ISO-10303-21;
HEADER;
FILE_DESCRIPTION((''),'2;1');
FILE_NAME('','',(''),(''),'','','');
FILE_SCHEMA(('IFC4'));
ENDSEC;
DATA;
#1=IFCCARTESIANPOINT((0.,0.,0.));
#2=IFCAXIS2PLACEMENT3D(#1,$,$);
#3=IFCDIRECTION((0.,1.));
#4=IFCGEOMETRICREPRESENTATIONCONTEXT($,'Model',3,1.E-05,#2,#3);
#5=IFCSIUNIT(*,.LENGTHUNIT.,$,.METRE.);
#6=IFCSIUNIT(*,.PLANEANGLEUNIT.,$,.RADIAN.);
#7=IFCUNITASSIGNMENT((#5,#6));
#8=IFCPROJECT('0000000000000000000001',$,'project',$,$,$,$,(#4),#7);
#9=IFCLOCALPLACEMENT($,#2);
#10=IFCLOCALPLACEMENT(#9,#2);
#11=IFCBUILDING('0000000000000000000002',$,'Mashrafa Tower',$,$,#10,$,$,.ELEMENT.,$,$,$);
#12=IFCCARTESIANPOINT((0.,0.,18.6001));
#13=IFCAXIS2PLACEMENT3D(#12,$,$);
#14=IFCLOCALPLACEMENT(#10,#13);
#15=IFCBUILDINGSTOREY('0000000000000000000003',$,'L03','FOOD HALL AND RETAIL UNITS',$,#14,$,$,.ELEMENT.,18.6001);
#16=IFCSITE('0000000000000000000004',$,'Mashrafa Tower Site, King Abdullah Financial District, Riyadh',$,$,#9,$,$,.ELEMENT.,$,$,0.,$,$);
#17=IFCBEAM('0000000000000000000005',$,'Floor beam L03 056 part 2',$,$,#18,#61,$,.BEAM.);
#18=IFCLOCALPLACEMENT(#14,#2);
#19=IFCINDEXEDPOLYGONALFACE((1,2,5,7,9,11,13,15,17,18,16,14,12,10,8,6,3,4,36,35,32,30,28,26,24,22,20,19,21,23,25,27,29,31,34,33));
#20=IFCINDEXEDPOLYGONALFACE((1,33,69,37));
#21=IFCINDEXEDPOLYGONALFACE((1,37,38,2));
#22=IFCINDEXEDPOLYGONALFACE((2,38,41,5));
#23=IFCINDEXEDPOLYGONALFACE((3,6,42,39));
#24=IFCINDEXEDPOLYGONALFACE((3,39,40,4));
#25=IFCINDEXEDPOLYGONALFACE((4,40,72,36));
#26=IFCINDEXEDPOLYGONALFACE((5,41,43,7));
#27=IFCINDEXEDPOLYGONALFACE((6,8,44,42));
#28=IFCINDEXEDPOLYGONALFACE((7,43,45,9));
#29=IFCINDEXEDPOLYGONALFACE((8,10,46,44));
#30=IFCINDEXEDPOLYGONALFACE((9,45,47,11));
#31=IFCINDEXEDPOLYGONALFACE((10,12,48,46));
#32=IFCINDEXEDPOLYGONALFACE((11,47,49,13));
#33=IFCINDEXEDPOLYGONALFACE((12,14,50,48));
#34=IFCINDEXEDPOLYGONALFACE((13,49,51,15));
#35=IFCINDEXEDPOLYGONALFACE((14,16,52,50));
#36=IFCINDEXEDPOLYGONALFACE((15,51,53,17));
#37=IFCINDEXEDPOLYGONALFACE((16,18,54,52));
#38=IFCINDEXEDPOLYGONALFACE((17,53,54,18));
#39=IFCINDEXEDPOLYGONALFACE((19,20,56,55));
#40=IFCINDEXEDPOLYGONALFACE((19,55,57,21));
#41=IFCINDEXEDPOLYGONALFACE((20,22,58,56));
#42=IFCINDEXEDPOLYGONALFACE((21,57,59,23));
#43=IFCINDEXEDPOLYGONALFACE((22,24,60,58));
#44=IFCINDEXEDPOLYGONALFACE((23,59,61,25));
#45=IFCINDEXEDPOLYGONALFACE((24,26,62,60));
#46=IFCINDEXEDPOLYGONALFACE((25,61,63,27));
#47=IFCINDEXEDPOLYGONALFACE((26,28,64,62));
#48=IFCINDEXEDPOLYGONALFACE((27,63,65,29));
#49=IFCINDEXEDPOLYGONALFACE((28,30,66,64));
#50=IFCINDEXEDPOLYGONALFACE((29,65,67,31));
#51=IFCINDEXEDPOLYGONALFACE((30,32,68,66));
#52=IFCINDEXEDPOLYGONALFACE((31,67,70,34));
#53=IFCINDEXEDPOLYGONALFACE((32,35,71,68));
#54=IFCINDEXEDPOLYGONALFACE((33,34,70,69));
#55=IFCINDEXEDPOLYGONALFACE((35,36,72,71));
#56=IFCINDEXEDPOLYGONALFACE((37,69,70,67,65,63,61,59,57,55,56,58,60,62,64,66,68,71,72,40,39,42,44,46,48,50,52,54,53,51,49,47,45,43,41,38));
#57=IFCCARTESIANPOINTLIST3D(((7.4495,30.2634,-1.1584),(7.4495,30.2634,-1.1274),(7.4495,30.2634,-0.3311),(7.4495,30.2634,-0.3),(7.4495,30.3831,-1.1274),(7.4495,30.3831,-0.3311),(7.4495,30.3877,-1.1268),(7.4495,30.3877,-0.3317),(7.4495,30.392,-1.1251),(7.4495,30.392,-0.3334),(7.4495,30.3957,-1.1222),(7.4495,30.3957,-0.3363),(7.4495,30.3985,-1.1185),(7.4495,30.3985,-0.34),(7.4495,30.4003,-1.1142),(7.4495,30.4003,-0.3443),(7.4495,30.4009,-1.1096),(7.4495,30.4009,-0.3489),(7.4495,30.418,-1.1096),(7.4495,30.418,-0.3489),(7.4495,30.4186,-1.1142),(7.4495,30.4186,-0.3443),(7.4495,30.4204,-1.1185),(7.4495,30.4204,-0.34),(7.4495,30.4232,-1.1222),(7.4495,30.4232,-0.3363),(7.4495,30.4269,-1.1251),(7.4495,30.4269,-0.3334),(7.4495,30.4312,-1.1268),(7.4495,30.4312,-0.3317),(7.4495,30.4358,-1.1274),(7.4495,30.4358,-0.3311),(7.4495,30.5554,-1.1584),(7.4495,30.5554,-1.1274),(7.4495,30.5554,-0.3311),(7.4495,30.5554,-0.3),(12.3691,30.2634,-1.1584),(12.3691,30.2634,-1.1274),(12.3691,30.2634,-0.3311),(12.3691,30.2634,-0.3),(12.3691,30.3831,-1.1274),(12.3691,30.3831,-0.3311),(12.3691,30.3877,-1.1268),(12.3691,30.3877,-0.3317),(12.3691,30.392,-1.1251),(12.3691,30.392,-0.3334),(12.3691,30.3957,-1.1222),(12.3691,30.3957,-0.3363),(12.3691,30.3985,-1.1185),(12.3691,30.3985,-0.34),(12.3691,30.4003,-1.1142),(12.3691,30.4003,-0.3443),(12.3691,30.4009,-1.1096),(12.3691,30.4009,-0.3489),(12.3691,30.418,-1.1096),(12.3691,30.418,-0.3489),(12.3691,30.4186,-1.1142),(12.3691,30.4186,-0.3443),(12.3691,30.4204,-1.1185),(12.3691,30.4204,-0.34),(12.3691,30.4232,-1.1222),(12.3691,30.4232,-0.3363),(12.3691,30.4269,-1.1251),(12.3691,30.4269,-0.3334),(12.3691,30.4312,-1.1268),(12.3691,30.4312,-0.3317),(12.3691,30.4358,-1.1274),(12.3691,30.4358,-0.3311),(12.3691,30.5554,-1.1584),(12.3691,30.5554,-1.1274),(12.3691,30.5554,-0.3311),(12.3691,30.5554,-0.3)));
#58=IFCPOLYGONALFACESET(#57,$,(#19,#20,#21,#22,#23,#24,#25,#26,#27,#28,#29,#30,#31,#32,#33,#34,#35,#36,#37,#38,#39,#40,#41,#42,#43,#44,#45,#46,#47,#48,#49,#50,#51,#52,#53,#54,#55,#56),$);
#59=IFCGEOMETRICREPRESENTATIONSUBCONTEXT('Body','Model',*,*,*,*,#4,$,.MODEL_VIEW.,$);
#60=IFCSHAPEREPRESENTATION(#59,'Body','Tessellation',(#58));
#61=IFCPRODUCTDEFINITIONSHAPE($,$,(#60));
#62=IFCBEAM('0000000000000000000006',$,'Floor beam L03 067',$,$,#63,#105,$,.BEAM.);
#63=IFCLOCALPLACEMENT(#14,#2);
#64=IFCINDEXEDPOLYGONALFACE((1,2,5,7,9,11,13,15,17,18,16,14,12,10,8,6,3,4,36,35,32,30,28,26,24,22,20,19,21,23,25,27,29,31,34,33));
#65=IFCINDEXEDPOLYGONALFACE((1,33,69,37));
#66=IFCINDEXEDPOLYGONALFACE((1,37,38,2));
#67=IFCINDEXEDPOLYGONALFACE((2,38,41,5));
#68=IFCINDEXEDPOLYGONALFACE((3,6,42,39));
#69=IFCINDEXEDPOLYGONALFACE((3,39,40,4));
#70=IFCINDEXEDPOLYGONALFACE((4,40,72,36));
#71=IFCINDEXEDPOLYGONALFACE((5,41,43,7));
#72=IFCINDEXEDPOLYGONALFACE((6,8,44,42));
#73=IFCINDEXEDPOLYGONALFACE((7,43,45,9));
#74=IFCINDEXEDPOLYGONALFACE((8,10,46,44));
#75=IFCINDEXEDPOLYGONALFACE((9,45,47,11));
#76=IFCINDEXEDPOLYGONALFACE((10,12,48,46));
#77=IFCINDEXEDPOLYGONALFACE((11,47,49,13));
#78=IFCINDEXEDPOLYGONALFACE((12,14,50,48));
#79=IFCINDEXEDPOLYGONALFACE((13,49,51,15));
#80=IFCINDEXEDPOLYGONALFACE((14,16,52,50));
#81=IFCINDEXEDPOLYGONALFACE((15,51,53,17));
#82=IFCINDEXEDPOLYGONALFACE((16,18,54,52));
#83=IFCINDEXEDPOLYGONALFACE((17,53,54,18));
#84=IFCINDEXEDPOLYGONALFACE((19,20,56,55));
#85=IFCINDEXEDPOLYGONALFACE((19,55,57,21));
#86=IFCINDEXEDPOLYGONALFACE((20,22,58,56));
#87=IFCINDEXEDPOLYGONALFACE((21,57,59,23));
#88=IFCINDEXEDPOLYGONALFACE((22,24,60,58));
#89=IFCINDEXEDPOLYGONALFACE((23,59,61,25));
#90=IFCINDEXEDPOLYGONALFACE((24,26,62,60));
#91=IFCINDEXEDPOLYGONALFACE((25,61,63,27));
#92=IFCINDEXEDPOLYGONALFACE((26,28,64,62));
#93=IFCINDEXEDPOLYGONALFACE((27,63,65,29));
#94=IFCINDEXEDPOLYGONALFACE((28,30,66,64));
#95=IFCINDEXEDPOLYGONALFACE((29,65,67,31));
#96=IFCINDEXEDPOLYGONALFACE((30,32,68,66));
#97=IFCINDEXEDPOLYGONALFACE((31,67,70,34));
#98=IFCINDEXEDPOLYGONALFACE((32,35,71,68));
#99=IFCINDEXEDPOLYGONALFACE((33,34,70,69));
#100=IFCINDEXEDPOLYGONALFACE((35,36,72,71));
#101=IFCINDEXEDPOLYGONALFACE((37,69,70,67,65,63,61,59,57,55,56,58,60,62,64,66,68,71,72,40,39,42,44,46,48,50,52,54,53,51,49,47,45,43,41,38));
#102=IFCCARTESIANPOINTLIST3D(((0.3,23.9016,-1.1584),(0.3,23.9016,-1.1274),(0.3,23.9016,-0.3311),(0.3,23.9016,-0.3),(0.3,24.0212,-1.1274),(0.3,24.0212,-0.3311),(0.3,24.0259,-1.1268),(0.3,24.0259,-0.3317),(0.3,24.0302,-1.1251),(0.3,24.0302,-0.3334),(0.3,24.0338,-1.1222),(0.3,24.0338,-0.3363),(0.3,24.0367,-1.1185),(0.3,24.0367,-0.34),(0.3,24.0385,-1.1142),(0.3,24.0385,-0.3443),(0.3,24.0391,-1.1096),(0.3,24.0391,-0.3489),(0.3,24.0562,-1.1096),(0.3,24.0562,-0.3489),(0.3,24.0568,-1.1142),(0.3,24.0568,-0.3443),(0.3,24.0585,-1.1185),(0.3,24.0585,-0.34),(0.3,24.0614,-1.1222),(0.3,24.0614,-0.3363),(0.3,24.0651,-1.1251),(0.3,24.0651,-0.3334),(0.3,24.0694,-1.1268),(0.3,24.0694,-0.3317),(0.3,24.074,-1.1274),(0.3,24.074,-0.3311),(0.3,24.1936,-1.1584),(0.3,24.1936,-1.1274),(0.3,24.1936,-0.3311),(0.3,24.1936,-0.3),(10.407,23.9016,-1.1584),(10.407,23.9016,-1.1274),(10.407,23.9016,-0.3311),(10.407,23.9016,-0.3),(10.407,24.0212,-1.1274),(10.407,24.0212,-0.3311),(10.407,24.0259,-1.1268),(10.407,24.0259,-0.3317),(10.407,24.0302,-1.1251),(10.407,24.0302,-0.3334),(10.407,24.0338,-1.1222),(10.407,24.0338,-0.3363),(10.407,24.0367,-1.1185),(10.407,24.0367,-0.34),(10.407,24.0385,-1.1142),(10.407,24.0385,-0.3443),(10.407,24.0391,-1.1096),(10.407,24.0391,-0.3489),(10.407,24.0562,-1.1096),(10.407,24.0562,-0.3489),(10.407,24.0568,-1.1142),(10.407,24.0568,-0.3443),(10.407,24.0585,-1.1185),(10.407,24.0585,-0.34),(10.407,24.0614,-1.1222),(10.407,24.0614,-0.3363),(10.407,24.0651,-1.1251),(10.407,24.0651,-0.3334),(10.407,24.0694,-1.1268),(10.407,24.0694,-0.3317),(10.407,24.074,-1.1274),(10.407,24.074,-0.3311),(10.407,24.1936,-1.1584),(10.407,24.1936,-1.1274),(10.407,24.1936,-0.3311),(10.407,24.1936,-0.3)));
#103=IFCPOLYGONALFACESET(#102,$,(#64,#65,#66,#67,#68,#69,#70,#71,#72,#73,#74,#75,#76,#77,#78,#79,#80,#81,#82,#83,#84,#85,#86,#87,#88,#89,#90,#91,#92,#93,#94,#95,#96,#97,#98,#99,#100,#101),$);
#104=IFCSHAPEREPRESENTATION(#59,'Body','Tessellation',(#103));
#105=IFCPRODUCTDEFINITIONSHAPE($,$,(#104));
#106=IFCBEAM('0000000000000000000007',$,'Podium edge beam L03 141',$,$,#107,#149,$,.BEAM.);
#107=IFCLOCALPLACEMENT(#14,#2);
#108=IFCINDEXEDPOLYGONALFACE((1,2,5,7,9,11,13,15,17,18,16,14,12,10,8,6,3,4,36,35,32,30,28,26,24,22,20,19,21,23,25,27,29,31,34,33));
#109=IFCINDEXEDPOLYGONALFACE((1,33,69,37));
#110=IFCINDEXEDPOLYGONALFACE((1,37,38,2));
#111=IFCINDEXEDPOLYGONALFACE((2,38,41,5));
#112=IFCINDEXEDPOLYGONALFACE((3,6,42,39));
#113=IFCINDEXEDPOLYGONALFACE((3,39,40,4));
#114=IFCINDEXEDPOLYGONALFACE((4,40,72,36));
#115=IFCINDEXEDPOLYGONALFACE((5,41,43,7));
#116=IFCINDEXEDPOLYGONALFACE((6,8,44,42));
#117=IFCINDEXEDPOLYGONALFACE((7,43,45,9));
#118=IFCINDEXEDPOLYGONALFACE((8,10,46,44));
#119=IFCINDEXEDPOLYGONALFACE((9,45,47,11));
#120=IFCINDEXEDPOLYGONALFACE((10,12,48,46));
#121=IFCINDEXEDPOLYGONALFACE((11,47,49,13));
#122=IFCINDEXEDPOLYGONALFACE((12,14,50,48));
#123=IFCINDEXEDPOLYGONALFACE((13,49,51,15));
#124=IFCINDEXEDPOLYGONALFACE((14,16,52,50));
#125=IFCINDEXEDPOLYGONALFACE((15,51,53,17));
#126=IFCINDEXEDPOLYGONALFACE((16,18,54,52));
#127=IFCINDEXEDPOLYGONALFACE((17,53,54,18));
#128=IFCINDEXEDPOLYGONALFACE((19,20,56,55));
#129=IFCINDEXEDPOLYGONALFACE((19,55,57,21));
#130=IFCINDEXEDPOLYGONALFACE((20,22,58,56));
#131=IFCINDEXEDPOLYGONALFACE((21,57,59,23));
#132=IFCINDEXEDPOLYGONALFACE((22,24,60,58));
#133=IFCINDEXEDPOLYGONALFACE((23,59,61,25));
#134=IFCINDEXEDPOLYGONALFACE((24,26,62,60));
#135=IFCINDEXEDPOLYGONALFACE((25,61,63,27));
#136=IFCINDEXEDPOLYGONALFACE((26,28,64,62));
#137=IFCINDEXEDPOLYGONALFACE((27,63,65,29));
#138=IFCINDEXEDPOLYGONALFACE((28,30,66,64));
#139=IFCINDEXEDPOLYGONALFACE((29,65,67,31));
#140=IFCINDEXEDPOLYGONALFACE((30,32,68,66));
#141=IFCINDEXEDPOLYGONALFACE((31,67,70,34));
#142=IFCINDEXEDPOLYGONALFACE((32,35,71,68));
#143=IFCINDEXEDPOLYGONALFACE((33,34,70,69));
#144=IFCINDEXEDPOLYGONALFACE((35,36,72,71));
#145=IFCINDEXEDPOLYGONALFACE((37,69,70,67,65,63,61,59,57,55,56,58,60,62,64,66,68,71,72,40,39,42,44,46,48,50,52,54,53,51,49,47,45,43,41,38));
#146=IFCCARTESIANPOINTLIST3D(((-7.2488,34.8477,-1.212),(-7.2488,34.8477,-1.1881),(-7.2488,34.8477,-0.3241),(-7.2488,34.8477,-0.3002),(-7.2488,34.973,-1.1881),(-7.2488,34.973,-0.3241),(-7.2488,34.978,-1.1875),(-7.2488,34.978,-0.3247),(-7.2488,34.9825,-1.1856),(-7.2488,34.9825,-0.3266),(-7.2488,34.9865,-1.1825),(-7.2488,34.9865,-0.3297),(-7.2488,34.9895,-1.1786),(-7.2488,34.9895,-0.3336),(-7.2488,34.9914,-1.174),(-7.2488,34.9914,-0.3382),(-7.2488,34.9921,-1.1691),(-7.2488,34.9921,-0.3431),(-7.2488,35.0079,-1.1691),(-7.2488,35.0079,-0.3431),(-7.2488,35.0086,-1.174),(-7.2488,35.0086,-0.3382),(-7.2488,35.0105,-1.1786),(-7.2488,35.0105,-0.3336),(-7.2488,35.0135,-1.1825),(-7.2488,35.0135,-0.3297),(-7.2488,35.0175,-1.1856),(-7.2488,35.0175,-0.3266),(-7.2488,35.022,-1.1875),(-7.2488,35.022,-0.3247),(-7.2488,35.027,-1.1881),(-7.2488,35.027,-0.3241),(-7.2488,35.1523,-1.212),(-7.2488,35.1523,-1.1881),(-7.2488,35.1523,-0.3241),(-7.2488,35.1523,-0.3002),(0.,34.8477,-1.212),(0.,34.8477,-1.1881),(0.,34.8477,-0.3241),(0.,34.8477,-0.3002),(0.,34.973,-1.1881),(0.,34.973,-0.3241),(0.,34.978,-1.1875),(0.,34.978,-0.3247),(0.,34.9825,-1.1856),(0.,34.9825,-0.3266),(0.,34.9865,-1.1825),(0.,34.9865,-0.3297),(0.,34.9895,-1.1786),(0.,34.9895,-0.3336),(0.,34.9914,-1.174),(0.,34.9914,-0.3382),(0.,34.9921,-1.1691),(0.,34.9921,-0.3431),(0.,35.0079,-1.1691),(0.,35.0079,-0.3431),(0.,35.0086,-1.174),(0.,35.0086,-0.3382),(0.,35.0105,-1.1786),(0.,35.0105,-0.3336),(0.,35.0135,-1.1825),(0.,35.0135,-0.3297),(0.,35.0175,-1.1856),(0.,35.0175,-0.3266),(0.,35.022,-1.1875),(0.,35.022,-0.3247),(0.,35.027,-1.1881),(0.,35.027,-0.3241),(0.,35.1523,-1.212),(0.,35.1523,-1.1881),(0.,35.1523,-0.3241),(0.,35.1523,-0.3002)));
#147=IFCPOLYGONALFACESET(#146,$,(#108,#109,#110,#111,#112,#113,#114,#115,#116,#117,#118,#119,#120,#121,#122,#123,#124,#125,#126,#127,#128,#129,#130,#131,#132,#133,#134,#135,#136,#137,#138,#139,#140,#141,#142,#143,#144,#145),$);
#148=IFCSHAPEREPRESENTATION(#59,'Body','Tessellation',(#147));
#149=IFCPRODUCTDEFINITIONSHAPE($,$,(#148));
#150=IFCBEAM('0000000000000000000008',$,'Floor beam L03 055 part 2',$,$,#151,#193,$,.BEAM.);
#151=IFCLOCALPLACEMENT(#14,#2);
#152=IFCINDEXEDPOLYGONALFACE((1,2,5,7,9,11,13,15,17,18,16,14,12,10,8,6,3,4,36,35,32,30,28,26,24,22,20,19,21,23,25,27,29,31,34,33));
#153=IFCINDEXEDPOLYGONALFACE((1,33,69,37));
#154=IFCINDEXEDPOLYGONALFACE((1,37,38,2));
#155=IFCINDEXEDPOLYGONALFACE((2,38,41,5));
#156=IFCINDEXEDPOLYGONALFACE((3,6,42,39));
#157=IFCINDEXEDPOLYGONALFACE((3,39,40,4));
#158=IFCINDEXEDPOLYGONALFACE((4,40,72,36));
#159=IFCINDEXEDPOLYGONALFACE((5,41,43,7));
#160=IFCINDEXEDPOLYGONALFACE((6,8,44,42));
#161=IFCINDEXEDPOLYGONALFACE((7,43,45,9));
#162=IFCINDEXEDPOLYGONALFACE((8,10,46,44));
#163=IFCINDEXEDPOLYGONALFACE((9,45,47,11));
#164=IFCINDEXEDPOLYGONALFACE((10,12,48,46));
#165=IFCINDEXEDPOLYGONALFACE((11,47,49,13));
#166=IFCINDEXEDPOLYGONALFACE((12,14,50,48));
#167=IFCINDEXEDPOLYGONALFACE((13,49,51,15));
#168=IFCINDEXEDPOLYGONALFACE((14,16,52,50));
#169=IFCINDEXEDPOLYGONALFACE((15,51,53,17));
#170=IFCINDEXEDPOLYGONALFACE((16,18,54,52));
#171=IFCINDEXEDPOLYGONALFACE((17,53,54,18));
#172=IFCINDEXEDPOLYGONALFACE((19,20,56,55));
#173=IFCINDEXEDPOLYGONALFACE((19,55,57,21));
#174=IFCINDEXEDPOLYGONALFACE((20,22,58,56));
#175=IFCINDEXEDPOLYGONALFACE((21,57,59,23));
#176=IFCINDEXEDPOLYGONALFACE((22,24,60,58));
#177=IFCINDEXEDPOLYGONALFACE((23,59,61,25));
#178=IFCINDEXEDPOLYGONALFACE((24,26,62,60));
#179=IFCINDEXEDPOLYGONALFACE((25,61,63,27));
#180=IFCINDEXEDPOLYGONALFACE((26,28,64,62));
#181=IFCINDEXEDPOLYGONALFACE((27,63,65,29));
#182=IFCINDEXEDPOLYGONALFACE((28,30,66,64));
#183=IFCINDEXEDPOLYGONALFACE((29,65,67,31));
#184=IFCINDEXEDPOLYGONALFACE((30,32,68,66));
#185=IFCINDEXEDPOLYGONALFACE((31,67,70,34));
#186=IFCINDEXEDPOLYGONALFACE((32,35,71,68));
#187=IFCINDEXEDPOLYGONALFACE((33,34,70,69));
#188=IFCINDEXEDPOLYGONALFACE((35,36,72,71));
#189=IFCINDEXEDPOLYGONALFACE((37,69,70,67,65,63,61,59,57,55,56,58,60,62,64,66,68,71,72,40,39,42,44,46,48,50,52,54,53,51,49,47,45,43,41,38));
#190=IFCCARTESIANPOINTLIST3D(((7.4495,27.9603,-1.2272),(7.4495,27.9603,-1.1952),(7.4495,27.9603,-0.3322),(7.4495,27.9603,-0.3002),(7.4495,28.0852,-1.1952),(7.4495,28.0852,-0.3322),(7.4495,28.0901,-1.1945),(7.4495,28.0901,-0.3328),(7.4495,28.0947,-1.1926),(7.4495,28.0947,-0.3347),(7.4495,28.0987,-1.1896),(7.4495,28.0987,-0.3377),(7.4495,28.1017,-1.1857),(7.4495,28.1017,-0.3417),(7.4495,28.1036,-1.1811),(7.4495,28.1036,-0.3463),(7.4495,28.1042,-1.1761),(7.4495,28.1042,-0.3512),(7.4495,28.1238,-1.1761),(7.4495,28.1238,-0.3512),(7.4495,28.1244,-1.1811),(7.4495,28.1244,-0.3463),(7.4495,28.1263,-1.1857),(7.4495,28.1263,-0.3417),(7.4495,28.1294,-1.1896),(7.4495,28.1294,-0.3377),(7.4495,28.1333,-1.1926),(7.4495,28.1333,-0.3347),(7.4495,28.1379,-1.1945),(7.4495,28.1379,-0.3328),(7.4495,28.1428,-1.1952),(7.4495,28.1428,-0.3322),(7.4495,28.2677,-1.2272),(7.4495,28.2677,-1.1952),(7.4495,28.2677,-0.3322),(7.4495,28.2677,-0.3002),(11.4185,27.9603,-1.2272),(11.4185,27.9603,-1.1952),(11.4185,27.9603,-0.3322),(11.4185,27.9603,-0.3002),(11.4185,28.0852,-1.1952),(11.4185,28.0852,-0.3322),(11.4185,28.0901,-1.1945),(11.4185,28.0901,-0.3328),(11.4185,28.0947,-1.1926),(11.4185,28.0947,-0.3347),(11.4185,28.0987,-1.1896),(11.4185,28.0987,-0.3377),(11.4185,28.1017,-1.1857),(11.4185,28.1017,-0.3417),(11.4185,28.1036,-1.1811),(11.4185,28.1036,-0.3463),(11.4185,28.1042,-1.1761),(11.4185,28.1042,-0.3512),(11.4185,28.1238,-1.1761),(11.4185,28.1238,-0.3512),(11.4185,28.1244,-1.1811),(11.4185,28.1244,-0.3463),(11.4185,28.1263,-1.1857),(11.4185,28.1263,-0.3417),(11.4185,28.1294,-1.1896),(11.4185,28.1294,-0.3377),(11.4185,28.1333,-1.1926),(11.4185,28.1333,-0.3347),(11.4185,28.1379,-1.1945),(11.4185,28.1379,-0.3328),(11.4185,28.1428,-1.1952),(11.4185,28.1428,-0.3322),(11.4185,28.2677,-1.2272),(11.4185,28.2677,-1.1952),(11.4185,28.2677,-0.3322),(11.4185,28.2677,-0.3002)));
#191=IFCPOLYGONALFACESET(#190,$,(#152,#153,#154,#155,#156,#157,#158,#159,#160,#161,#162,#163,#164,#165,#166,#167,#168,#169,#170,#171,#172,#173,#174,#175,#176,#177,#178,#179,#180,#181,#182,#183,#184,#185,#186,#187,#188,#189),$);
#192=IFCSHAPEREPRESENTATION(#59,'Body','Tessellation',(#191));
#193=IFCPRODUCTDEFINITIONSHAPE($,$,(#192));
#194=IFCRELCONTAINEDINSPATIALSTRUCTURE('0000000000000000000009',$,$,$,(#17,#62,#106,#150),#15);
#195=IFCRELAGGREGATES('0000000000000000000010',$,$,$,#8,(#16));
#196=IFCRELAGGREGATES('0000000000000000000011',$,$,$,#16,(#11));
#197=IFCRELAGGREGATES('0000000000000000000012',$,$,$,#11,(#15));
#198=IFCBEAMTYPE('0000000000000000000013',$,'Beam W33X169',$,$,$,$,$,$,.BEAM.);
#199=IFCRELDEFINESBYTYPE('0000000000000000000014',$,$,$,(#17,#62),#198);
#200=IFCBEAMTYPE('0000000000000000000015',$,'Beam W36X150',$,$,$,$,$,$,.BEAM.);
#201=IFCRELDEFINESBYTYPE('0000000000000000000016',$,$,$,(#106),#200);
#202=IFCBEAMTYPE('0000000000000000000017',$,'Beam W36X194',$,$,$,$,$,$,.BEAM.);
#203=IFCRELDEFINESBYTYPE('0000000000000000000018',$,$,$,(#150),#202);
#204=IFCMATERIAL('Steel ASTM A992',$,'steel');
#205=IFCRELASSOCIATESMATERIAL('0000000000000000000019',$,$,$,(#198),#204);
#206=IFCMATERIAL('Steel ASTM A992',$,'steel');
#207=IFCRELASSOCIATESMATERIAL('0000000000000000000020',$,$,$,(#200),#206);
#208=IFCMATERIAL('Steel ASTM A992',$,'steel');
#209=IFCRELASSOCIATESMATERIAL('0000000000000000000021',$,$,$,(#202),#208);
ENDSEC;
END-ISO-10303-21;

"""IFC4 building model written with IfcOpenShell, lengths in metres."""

from ifc_helpers import new_model, si_unit, direction, frame, origin, origin_2d, place, context, subcontext, project, spatial, i_section, extrude, material, material_profile, profile_set, type_object, element, save


model = new_model("IFC4")

# Units and contexts
model_context = context("Model", 3, precision=1e-05, world=origin(), true_north=direction((0.0, 1.0)))
body_context = subcontext(model_context, "Body", "Model", "MODEL_VIEW")
ifc_project = project(units=[si_unit("LENGTHUNIT", "METRE"), si_unit("PLANEANGLEUNIT", "RADIAN")], contexts=[model_context])

# Site, building, storey
site_placement = place(None, origin())
site = spatial("IfcSite", under=ifc_project, at=site_placement, Name="Mashrafa Tower Site, King Abdullah Financial District, Riyadh", CompositionType="ELEMENT", RefElevation=0.0)
building_placement = place(site_placement, origin())
building = spatial("IfcBuilding", under=site, at=building_placement, Name="Mashrafa Tower", CompositionType="ELEMENT")
storey_placement = place(building_placement, frame((0.0, 0.0, 18.6001)))
storey = spatial("IfcBuildingStorey", under=building, at=storey_placement, Name="L03", Description="FOOD HALL AND RETAIL UNITS", CompositionType="ELEMENT", Elevation=18.6001)

# Beams
ifc_material_1 = material(Name="Steel ASTM A992", Category="steel")
ifc_material_profile_1 = material_profile(ifc_material_1, i_section(OverallWidth=0.292, OverallDepth=0.8584, WebThickness=0.0171, FlangeThickness=0.031, FilletRadius=0.0178, at=origin_2d()), Name="W33X169")
ifc_profile_set_1 = profile_set([ifc_material_profile_1], Name="Steel ASTM A992")
beam_type_1 = type_object("IfcBeamType", Name="Beam W33X169", PredefinedType="BEAM", material=ifc_profile_set_1)
beam_1_placement = place(storey_placement, frame((7.4495, 30.4094, -0.7292), z_axis=(1.0, 0.0, 0.0), x_axis=(0.0, 1.0, 0.0)))
element("IfcBeam", 1, at=beam_1_placement, inside=storey, type_object=beam_type_1, Name="Floor beam L03 056 part 2", PredefinedType="BEAM", context=body_context, shape_type="SweptSolid", body=[
    extrude(i_section(OverallWidth=0.292, OverallDepth=0.8584, WebThickness=0.0171, FlangeThickness=0.031, FilletRadius=0.0178, at=origin_2d()), origin(), (0.0, 0.0, 1.0), 4.9197),
])
beam_2_placement = place(storey_placement, frame((0.3, 24.0476, -0.7292), z_axis=(1.0, 0.0, 0.0), x_axis=(0.0, 1.0, 0.0)))
element("IfcBeam", 2, at=beam_2_placement, inside=storey, type_object=beam_type_1, Name="Floor beam L03 067", PredefinedType="BEAM", context=body_context, shape_type="SweptSolid", body=[
    extrude(i_section(OverallWidth=0.292, OverallDepth=0.8584, WebThickness=0.0171, FlangeThickness=0.031, FilletRadius=0.0178, at=origin_2d()), origin(), (0.0, 0.0, 1.0), 10.1069),
])
ifc_material_2 = material(Name="Steel ASTM A992", Category="steel")
ifc_material_profile_2 = material_profile(ifc_material_2, i_section(OverallWidth=0.3047, OverallDepth=0.9119, WebThickness=0.0159, FlangeThickness=0.0239, FilletRadius=0.019, at=origin_2d()), Name="W36X150")
ifc_profile_set_2 = profile_set([ifc_material_profile_2], Name="Steel ASTM A992")
beam_type_2 = type_object("IfcBeamType", Name="Beam W36X150", PredefinedType="BEAM", material=ifc_profile_set_2)
beam_3_placement = place(storey_placement, frame((0.0, 35.0, -0.7561), z_axis=(-1.0, 0.0, 0.0), x_axis=(0.0, -1.0, 0.0)))
element("IfcBeam", 3, at=beam_3_placement, inside=storey, type_object=beam_type_2, Name="Podium edge beam L03 141", PredefinedType="BEAM", context=body_context, shape_type="SweptSolid", body=[
    extrude(i_section(OverallWidth=0.3047, OverallDepth=0.9119, WebThickness=0.0159, FlangeThickness=0.0239, FilletRadius=0.019, at=origin_2d()), origin(), (0.0, 0.0, 1.0), 7.2488),
])
ifc_material_3 = material(Name="Steel ASTM A992", Category="steel")
ifc_material_profile_3 = material_profile(ifc_material_3, i_section(OverallWidth=0.3074, OverallDepth=0.927, WebThickness=0.0195, FlangeThickness=0.032, FilletRadius=0.019, at=origin_2d()), Name="W36X194")
ifc_profile_set_3 = profile_set([ifc_material_profile_3], Name="Steel ASTM A992")
beam_type_3 = type_object("IfcBeamType", Name="Beam W36X194", PredefinedType="BEAM", material=ifc_profile_set_3)
beam_4_placement = place(storey_placement, frame((7.4495, 28.114, -0.7637), z_axis=(1.0, 0.0, 0.0), x_axis=(0.0, 1.0, 0.0)))
element("IfcBeam", 4, at=beam_4_placement, inside=storey, type_object=beam_type_3, Name="Floor beam L03 055 part 2", PredefinedType="BEAM", context=body_context, shape_type="SweptSolid", body=[
    extrude(i_section(OverallWidth=0.3074, OverallDepth=0.927, WebThickness=0.0195, FlangeThickness=0.032, FilletRadius=0.019, at=origin_2d()), origin(), (0.0, 0.0, 1.0), 3.969),
])

save(model, "model.ifc")
